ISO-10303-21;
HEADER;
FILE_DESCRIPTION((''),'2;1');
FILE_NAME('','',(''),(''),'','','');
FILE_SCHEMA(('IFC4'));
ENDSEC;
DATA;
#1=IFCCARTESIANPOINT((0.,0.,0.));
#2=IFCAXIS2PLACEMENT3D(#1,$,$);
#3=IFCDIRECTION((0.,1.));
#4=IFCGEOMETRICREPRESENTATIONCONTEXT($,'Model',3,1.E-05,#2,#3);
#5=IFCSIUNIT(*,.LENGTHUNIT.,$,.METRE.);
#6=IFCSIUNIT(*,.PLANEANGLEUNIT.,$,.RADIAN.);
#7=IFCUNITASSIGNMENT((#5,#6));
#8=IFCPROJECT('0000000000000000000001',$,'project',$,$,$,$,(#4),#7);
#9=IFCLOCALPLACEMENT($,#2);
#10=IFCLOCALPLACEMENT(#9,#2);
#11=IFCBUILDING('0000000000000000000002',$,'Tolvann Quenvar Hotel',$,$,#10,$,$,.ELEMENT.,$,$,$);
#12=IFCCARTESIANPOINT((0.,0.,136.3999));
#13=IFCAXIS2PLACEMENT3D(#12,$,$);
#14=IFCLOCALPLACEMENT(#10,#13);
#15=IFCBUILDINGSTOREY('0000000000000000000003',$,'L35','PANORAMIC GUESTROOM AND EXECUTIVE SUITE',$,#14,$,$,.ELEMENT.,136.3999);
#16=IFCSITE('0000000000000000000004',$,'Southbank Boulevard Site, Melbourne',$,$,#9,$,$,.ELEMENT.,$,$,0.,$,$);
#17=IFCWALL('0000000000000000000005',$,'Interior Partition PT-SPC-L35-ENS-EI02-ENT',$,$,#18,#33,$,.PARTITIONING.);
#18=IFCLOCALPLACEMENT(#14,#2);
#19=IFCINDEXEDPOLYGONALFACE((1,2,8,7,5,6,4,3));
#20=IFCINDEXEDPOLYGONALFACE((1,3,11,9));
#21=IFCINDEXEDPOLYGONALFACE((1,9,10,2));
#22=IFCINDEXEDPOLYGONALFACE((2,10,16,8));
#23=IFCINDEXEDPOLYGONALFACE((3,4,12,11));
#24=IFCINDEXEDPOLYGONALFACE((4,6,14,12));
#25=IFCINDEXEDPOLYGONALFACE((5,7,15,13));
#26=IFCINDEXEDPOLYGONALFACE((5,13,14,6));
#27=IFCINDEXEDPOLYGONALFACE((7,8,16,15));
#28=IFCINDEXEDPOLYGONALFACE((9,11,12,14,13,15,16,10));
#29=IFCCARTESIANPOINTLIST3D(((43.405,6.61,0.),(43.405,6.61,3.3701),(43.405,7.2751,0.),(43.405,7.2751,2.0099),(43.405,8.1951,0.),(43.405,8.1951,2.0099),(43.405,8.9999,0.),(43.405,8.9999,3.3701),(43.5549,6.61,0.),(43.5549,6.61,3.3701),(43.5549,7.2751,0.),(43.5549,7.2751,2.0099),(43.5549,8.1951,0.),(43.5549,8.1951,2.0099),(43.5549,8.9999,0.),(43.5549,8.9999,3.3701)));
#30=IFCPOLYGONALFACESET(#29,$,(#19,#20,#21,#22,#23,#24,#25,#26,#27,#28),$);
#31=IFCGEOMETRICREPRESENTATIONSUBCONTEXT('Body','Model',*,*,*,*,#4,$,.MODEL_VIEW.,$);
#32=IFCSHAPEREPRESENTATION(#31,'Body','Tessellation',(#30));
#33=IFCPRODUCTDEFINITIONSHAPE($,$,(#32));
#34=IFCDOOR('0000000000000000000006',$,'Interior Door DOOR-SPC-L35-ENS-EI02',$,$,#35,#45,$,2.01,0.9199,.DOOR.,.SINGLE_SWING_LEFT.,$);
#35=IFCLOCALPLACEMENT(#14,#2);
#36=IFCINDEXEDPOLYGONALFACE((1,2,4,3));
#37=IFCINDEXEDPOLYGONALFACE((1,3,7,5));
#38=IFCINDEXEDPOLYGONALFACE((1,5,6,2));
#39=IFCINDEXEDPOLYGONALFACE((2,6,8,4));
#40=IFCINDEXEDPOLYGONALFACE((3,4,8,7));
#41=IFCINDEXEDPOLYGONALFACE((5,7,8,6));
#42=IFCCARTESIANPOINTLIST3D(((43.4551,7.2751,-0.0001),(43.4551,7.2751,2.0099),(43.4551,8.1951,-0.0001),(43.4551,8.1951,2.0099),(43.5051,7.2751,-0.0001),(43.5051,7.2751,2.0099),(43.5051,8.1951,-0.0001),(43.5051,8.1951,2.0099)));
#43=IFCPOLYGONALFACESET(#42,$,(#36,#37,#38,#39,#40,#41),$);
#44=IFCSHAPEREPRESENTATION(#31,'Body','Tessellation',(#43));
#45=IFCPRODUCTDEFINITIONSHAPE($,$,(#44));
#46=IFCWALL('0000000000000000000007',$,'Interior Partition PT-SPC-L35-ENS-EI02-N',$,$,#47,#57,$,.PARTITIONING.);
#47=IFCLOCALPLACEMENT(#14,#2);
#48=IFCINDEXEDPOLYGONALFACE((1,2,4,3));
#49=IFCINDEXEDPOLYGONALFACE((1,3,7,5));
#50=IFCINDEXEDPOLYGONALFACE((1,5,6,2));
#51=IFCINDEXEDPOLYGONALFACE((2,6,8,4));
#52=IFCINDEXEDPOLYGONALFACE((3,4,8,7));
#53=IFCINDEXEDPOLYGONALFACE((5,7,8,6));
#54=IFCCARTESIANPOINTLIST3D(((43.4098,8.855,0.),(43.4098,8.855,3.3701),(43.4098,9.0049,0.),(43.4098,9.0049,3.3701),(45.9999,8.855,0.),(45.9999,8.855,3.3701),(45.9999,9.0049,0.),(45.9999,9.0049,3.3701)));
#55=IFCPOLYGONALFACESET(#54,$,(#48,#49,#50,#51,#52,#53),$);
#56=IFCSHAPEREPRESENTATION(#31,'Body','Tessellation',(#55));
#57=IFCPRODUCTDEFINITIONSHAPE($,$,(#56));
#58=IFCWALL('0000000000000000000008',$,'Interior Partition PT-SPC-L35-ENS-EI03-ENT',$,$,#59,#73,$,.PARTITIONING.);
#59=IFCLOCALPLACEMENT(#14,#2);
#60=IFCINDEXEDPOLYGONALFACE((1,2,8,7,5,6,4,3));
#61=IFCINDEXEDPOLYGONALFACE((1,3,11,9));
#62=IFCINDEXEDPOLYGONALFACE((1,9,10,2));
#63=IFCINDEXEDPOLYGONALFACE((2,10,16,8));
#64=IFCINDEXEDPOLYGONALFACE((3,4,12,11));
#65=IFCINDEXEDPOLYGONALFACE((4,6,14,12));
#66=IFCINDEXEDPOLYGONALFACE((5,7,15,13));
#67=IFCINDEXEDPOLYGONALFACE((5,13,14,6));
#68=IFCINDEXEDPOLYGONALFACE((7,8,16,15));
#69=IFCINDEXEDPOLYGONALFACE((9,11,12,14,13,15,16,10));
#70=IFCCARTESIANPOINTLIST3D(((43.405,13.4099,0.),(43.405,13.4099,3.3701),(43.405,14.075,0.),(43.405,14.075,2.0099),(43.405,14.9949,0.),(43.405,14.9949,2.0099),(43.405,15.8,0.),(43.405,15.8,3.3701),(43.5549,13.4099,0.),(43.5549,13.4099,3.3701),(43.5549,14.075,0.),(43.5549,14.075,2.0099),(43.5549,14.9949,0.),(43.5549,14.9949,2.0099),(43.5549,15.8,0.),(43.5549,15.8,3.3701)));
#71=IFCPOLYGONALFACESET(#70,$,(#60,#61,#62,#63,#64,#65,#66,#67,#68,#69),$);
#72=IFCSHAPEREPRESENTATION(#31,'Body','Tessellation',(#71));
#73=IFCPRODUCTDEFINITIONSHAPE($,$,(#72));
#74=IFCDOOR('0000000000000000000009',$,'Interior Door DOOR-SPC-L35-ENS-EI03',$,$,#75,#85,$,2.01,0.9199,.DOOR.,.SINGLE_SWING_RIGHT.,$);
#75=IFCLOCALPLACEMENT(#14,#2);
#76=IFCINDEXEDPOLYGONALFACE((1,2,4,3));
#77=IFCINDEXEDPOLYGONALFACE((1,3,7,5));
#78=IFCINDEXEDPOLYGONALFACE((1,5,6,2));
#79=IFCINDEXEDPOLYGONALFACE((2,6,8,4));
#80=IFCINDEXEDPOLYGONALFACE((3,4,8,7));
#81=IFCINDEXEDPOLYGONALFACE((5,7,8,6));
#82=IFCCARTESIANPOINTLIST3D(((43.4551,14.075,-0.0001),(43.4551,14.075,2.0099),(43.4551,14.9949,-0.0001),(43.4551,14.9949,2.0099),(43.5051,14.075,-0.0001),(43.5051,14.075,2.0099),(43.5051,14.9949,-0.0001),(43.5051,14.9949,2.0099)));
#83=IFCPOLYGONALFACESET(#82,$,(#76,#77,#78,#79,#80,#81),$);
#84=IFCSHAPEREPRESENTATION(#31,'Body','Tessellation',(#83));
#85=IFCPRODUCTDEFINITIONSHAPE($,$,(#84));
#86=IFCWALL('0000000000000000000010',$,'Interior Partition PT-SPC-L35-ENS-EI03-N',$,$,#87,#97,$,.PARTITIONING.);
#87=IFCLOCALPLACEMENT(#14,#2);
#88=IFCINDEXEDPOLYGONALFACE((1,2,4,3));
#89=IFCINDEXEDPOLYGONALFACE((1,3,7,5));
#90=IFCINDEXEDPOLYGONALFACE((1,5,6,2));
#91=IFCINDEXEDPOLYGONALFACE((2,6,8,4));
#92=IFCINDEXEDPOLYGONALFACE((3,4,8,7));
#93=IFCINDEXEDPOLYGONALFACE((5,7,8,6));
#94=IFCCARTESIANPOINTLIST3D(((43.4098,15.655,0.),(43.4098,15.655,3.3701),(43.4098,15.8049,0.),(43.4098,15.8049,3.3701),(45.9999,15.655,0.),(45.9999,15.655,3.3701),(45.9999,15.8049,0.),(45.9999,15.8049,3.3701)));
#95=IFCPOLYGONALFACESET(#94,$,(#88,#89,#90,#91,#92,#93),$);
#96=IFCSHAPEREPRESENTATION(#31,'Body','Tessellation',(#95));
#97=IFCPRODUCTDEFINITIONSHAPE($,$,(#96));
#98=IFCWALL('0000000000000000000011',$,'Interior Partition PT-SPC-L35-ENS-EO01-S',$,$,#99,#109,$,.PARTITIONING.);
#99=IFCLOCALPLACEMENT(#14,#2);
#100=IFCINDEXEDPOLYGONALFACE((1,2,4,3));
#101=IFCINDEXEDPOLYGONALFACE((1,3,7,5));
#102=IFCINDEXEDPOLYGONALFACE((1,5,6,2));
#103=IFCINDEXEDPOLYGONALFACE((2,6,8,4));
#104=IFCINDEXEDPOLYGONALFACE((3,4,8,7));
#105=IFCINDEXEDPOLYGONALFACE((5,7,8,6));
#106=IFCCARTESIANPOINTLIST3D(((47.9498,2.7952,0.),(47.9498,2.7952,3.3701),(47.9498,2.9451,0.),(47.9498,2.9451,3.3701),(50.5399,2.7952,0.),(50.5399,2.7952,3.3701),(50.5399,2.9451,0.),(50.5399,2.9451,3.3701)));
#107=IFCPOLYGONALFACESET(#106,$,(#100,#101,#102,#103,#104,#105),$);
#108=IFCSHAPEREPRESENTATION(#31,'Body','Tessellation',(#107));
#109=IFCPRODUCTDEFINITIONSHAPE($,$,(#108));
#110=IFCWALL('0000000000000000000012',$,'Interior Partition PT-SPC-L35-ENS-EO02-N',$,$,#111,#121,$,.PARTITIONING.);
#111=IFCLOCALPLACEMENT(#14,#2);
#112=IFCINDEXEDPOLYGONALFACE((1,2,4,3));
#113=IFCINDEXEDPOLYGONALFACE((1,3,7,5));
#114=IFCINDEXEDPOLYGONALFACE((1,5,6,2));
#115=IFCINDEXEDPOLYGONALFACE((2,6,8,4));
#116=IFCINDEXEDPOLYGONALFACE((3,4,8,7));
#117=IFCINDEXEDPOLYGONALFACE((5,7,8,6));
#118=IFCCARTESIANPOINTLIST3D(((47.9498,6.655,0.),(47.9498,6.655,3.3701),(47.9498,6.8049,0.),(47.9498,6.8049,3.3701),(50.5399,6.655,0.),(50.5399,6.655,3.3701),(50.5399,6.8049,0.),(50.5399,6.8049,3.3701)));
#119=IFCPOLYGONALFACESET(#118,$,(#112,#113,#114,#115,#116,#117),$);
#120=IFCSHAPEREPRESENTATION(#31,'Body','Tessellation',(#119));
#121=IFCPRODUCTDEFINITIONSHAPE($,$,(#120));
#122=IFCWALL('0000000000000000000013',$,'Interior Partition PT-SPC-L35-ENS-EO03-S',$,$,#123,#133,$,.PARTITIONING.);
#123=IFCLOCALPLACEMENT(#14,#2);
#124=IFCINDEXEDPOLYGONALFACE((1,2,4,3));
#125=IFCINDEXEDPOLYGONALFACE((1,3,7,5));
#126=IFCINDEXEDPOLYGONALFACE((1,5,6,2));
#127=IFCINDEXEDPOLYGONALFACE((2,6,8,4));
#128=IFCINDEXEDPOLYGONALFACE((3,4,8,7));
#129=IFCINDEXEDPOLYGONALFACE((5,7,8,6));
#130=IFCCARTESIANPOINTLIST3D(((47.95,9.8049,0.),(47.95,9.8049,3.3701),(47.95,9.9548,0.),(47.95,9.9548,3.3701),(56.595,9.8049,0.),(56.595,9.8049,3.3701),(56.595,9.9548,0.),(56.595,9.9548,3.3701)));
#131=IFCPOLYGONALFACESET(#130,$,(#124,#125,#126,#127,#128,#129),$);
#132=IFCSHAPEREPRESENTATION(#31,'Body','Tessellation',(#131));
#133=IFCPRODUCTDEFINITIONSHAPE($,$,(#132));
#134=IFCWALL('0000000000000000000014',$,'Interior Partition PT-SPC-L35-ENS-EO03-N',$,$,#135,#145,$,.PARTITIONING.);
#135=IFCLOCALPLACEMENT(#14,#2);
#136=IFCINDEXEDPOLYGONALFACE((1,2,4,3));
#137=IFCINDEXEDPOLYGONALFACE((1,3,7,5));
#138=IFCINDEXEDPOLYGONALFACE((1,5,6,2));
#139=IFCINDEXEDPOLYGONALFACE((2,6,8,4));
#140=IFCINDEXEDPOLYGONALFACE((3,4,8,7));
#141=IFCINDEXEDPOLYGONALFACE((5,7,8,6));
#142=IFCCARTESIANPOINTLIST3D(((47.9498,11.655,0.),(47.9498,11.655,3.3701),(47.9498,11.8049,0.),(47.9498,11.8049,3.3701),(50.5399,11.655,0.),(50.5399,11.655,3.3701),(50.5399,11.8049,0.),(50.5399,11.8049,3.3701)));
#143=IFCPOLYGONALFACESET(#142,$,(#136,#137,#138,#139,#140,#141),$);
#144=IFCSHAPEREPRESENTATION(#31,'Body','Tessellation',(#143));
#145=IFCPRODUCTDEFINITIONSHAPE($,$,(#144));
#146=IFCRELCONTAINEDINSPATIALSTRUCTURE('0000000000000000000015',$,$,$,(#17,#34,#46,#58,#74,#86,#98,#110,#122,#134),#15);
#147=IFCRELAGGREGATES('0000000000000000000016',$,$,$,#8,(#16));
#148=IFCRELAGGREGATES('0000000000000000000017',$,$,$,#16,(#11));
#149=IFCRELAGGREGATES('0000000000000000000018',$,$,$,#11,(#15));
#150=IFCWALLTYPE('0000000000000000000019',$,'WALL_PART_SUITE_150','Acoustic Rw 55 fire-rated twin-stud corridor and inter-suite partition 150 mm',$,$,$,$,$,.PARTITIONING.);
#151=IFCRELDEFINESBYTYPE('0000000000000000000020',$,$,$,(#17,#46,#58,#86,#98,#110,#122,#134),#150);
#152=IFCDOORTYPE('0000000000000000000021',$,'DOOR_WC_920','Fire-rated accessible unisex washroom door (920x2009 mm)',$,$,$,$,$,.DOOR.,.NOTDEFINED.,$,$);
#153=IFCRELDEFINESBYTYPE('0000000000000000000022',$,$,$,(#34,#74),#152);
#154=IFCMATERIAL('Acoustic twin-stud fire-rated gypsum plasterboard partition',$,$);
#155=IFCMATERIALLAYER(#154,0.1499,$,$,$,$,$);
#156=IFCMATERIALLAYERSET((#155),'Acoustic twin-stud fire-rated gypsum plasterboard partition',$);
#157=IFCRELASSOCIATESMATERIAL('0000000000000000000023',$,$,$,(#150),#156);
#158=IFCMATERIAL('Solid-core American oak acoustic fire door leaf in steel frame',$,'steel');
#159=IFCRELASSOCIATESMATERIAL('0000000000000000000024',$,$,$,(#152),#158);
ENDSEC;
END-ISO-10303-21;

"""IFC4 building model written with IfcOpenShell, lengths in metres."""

from ifc_helpers import new_model, si_unit, direction, frame, frame_2d, origin, place, context, subcontext, project, spatial, rectangle, extrude, source, transform, mapped, material, layer, layer_set, type_object, type_shapes, element, fill, save


model = new_model("IFC4")

# Units and contexts
model_context = context("Model", 3, precision=1e-05, world=origin(), true_north=direction((0.0, 1.0)))
body_context = subcontext(model_context, "Body", "Model", "MODEL_VIEW")
ifc_project = project(units=[si_unit("LENGTHUNIT", "METRE"), si_unit("PLANEANGLEUNIT", "RADIAN")], contexts=[model_context])

# Site, building, storey
site_placement = place(None, origin())
site = spatial("IfcSite", under=ifc_project, at=site_placement, Name="Southbank Boulevard Site, Melbourne", CompositionType="ELEMENT", RefElevation=0.0)
building_placement = place(site_placement, origin())
building = spatial("IfcBuilding", under=site, at=building_placement, Name="Tolvann Quenvar Hotel", CompositionType="ELEMENT")
storey_placement = place(building_placement, frame((0.0, 0.0, 136.3999)))
storey = spatial("IfcBuildingStorey", under=building, at=storey_placement, Name="L35", Description="PANORAMIC GUESTROOM AND EXECUTIVE SUITE", CompositionType="ELEMENT", Elevation=136.3999)

# Shared definitions
ifc_material_1 = material(Name="Acoustic twin-stud fire-rated gypsum plasterboard partition")
ifc_layer_1 = layer(ifc_material_1, 0.1499)
ifc_layer_set_1 = layer_set([ifc_layer_1], Name="Acoustic twin-stud fire-rated gypsum plasterboard partition")
wall_type_1 = type_object("IfcWallType", Name="WALL_PART_SUITE_150", Description="Acoustic Rw 55 fire-rated twin-stud corridor and inter-suite partition 150 mm", PredefinedType="PARTITIONING", material=ifc_layer_set_1)
ifc_material_2 = material(Name="Solid-core American oak acoustic fire door leaf in steel frame", Category="steel")
door_type_1 = type_object("IfcDoorType", Name="DOOR_WC_920", Description="Fire-rated accessible unisex washroom door (920x2009 mm)", OperationType="NOTDEFINED", PredefinedType="DOOR", material=ifc_material_2)
shared_shape_1 = source(origin(), body_context, "Body", "SweptSolid", [
    extrude(rectangle(XDim=0.9199, YDim=2.01, at=frame_2d((0.46, 1.0049))), frame((0.0, 0.0249, 0.0), z_axis=(0.0, -1.0, 0.0), x_axis=(1.0, 0.0, 0.0)), (0.0, 0.0, 1.0), 0.05),
])
type_shapes(door_type_1, [shared_shape_1])

# Wall, opening, door
wall_1_placement = place(storey_placement, frame((43.48, 6.6101, 0.0), z_axis=(0.0, 0.0, 1.0), x_axis=(0.0, 1.0, 0.0)))
wall_1 = element("IfcWall", 1, at=wall_1_placement, inside=storey, type_object=wall_type_1, Name="Interior Partition PT-SPC-L35-ENS-EI02-ENT", PredefinedType="PARTITIONING", context=body_context, shape_type="SweptSolid", body=[
    extrude(rectangle(XDim=2.3899, YDim=0.1499, at=frame_2d((1.1948, 0.0))), origin(), (0.0, 0.0, 1.0), 3.3701),
])
opening_1_placement = place(wall_1_placement, frame((0.665, 0.0, 0.0)))
opening_1 = element("IfcOpeningElement", 2, at=opening_1_placement, cuts=wall_1, PredefinedType="OPENING", context=body_context, shape_type="SweptSolid", body=[
    extrude(rectangle(XDim=0.9199, YDim=2.01, at=frame_2d((0.46, 1.0049))), frame((0.0, 0.085, 0.0), z_axis=(0.0, -1.0, 0.0), x_axis=(1.0, 0.0, 0.0)), (0.0, 0.0, 1.0), 0.1699),
])
door_1_placement = place(opening_1_placement, origin())
door_1 = element("IfcDoor", 3, at=door_1_placement, inside=storey, type_object=door_type_1, Name="Interior Door DOOR-SPC-L35-ENS-EI02", OperationType="SINGLE_SWING_LEFT", OverallHeight=2.01, OverallWidth=0.9199, PredefinedType="DOOR", context=body_context, shape_type="MappedRepresentation", body=[
    mapped(shared_shape_1, transform((0.0, 0.0, 0.0), x_axis=(1.0, 0.0, 0.0), y_axis=(0.0, 1.0, 0.0), z_axis=(0.0, 0.0, 1.0), scale=1.0)),
])
fill(opening_1, door_1)

# Wall
wall_2_placement = place(storey_placement, frame((43.4099, 8.9299, 0.0), z_axis=(0.0, 0.0, 1.0), x_axis=(1.0, 0.0, 0.0)))
element("IfcWall", 4, at=wall_2_placement, inside=storey, type_object=wall_type_1, Name="Interior Partition PT-SPC-L35-ENS-EI02-N", PredefinedType="PARTITIONING", context=body_context, shape_type="SweptSolid", body=[
    extrude(rectangle(XDim=2.5901, YDim=0.1499, at=frame_2d((1.2949, 0.0))), origin(), (0.0, 0.0, 1.0), 3.3701),
])

# Wall, opening, door
wall_3_placement = place(storey_placement, frame((43.48, 13.4099, 0.0), z_axis=(0.0, 0.0, 1.0), x_axis=(0.0, 1.0, 0.0)))
wall_3 = element("IfcWall", 5, at=wall_3_placement, inside=storey, type_object=wall_type_1, Name="Interior Partition PT-SPC-L35-ENS-EI03-ENT", PredefinedType="PARTITIONING", context=body_context, shape_type="SweptSolid", body=[
    extrude(rectangle(XDim=2.3901, YDim=0.1499, at=frame_2d((1.1951, 0.0))), origin(), (0.0, 0.0, 1.0), 3.3701),
])
opening_2_placement = place(wall_3_placement, frame((0.665, 0.0, 0.0)))
opening_2 = element("IfcOpeningElement", 6, at=opening_2_placement, cuts=wall_3, PredefinedType="OPENING", context=body_context, shape_type="SweptSolid", body=[
    extrude(rectangle(XDim=0.9199, YDim=2.01, at=frame_2d((0.46, 1.0049))), frame((0.0, 0.085, 0.0), z_axis=(0.0, -1.0, 0.0), x_axis=(1.0, 0.0, 0.0)), (0.0, 0.0, 1.0), 0.1699),
])
door_2_placement = place(opening_2_placement, origin())
door_2 = element("IfcDoor", 7, at=door_2_placement, inside=storey, type_object=door_type_1, Name="Interior Door DOOR-SPC-L35-ENS-EI03", OperationType="SINGLE_SWING_RIGHT", OverallHeight=2.01, OverallWidth=0.9199, PredefinedType="DOOR", context=body_context, shape_type="MappedRepresentation", body=[
    mapped(shared_shape_1, transform((0.0, 0.0, 0.0), x_axis=(1.0, 0.0, 0.0), y_axis=(0.0, 1.0, 0.0), z_axis=(0.0, 0.0, 1.0), scale=1.0)),
])
fill(opening_2, door_2)

# Walls
for number, where, z_axis, x_axis, name in (
    (8, (43.4099, 15.73, 0.0), (0.0, 0.0, 1.0), (1.0, 0.0, 0.0), "Interior Partition PT-SPC-L35-ENS-EI03-N"),
    (9, (47.95, 2.8701, 0.0), (0.0, 0.0, 1.0), (1.0, 0.0, 0.0), "Interior Partition PT-SPC-L35-ENS-EO01-S"),
    (10, (47.95, 6.73, 0.0), (0.0, 0.0, 1.0), (1.0, 0.0, 0.0), "Interior Partition PT-SPC-L35-ENS-EO02-N"),
):
    element("IfcWall", number, at=place(storey_placement, frame(where, z_axis=z_axis, x_axis=x_axis)), inside=storey, type_object=wall_type_1, Name=name, PredefinedType="PARTITIONING", context=body_context, shape_type="SweptSolid", body=[
        extrude(rectangle(XDim=2.5901, YDim=0.1499, at=frame_2d((1.2949, 0.0))), origin(), (0.0, 0.0, 1.0), 3.3701),
    ])
wall_4_placement = place(storey_placement, frame((47.95, 9.8799, 0.0), z_axis=(0.0, 0.0, 1.0), x_axis=(1.0, 0.0, 0.0)))
element("IfcWall", 11, at=wall_4_placement, inside=storey, type_object=wall_type_1, Name="Interior Partition PT-SPC-L35-ENS-EO03-S", PredefinedType="PARTITIONING", context=body_context, shape_type="SweptSolid", body=[
    extrude(rectangle(XDim=8.645, YDim=0.1499, at=frame_2d((4.3225, 0.0))), origin(), (0.0, 0.0, 1.0), 3.3701),
])
wall_5_placement = place(storey_placement, frame((47.95, 11.73, 0.0), z_axis=(0.0, 0.0, 1.0), x_axis=(1.0, 0.0, 0.0)))
element("IfcWall", 12, at=wall_5_placement, inside=storey, type_object=wall_type_1, Name="Interior Partition PT-SPC-L35-ENS-EO03-N", PredefinedType="PARTITIONING", context=body_context, shape_type="SweptSolid", body=[
    extrude(rectangle(XDim=2.5901, YDim=0.1499, at=frame_2d((1.2949, 0.0))), origin(), (0.0, 0.0, 1.0), 3.3701),
])

save(model, "model.ifc")
